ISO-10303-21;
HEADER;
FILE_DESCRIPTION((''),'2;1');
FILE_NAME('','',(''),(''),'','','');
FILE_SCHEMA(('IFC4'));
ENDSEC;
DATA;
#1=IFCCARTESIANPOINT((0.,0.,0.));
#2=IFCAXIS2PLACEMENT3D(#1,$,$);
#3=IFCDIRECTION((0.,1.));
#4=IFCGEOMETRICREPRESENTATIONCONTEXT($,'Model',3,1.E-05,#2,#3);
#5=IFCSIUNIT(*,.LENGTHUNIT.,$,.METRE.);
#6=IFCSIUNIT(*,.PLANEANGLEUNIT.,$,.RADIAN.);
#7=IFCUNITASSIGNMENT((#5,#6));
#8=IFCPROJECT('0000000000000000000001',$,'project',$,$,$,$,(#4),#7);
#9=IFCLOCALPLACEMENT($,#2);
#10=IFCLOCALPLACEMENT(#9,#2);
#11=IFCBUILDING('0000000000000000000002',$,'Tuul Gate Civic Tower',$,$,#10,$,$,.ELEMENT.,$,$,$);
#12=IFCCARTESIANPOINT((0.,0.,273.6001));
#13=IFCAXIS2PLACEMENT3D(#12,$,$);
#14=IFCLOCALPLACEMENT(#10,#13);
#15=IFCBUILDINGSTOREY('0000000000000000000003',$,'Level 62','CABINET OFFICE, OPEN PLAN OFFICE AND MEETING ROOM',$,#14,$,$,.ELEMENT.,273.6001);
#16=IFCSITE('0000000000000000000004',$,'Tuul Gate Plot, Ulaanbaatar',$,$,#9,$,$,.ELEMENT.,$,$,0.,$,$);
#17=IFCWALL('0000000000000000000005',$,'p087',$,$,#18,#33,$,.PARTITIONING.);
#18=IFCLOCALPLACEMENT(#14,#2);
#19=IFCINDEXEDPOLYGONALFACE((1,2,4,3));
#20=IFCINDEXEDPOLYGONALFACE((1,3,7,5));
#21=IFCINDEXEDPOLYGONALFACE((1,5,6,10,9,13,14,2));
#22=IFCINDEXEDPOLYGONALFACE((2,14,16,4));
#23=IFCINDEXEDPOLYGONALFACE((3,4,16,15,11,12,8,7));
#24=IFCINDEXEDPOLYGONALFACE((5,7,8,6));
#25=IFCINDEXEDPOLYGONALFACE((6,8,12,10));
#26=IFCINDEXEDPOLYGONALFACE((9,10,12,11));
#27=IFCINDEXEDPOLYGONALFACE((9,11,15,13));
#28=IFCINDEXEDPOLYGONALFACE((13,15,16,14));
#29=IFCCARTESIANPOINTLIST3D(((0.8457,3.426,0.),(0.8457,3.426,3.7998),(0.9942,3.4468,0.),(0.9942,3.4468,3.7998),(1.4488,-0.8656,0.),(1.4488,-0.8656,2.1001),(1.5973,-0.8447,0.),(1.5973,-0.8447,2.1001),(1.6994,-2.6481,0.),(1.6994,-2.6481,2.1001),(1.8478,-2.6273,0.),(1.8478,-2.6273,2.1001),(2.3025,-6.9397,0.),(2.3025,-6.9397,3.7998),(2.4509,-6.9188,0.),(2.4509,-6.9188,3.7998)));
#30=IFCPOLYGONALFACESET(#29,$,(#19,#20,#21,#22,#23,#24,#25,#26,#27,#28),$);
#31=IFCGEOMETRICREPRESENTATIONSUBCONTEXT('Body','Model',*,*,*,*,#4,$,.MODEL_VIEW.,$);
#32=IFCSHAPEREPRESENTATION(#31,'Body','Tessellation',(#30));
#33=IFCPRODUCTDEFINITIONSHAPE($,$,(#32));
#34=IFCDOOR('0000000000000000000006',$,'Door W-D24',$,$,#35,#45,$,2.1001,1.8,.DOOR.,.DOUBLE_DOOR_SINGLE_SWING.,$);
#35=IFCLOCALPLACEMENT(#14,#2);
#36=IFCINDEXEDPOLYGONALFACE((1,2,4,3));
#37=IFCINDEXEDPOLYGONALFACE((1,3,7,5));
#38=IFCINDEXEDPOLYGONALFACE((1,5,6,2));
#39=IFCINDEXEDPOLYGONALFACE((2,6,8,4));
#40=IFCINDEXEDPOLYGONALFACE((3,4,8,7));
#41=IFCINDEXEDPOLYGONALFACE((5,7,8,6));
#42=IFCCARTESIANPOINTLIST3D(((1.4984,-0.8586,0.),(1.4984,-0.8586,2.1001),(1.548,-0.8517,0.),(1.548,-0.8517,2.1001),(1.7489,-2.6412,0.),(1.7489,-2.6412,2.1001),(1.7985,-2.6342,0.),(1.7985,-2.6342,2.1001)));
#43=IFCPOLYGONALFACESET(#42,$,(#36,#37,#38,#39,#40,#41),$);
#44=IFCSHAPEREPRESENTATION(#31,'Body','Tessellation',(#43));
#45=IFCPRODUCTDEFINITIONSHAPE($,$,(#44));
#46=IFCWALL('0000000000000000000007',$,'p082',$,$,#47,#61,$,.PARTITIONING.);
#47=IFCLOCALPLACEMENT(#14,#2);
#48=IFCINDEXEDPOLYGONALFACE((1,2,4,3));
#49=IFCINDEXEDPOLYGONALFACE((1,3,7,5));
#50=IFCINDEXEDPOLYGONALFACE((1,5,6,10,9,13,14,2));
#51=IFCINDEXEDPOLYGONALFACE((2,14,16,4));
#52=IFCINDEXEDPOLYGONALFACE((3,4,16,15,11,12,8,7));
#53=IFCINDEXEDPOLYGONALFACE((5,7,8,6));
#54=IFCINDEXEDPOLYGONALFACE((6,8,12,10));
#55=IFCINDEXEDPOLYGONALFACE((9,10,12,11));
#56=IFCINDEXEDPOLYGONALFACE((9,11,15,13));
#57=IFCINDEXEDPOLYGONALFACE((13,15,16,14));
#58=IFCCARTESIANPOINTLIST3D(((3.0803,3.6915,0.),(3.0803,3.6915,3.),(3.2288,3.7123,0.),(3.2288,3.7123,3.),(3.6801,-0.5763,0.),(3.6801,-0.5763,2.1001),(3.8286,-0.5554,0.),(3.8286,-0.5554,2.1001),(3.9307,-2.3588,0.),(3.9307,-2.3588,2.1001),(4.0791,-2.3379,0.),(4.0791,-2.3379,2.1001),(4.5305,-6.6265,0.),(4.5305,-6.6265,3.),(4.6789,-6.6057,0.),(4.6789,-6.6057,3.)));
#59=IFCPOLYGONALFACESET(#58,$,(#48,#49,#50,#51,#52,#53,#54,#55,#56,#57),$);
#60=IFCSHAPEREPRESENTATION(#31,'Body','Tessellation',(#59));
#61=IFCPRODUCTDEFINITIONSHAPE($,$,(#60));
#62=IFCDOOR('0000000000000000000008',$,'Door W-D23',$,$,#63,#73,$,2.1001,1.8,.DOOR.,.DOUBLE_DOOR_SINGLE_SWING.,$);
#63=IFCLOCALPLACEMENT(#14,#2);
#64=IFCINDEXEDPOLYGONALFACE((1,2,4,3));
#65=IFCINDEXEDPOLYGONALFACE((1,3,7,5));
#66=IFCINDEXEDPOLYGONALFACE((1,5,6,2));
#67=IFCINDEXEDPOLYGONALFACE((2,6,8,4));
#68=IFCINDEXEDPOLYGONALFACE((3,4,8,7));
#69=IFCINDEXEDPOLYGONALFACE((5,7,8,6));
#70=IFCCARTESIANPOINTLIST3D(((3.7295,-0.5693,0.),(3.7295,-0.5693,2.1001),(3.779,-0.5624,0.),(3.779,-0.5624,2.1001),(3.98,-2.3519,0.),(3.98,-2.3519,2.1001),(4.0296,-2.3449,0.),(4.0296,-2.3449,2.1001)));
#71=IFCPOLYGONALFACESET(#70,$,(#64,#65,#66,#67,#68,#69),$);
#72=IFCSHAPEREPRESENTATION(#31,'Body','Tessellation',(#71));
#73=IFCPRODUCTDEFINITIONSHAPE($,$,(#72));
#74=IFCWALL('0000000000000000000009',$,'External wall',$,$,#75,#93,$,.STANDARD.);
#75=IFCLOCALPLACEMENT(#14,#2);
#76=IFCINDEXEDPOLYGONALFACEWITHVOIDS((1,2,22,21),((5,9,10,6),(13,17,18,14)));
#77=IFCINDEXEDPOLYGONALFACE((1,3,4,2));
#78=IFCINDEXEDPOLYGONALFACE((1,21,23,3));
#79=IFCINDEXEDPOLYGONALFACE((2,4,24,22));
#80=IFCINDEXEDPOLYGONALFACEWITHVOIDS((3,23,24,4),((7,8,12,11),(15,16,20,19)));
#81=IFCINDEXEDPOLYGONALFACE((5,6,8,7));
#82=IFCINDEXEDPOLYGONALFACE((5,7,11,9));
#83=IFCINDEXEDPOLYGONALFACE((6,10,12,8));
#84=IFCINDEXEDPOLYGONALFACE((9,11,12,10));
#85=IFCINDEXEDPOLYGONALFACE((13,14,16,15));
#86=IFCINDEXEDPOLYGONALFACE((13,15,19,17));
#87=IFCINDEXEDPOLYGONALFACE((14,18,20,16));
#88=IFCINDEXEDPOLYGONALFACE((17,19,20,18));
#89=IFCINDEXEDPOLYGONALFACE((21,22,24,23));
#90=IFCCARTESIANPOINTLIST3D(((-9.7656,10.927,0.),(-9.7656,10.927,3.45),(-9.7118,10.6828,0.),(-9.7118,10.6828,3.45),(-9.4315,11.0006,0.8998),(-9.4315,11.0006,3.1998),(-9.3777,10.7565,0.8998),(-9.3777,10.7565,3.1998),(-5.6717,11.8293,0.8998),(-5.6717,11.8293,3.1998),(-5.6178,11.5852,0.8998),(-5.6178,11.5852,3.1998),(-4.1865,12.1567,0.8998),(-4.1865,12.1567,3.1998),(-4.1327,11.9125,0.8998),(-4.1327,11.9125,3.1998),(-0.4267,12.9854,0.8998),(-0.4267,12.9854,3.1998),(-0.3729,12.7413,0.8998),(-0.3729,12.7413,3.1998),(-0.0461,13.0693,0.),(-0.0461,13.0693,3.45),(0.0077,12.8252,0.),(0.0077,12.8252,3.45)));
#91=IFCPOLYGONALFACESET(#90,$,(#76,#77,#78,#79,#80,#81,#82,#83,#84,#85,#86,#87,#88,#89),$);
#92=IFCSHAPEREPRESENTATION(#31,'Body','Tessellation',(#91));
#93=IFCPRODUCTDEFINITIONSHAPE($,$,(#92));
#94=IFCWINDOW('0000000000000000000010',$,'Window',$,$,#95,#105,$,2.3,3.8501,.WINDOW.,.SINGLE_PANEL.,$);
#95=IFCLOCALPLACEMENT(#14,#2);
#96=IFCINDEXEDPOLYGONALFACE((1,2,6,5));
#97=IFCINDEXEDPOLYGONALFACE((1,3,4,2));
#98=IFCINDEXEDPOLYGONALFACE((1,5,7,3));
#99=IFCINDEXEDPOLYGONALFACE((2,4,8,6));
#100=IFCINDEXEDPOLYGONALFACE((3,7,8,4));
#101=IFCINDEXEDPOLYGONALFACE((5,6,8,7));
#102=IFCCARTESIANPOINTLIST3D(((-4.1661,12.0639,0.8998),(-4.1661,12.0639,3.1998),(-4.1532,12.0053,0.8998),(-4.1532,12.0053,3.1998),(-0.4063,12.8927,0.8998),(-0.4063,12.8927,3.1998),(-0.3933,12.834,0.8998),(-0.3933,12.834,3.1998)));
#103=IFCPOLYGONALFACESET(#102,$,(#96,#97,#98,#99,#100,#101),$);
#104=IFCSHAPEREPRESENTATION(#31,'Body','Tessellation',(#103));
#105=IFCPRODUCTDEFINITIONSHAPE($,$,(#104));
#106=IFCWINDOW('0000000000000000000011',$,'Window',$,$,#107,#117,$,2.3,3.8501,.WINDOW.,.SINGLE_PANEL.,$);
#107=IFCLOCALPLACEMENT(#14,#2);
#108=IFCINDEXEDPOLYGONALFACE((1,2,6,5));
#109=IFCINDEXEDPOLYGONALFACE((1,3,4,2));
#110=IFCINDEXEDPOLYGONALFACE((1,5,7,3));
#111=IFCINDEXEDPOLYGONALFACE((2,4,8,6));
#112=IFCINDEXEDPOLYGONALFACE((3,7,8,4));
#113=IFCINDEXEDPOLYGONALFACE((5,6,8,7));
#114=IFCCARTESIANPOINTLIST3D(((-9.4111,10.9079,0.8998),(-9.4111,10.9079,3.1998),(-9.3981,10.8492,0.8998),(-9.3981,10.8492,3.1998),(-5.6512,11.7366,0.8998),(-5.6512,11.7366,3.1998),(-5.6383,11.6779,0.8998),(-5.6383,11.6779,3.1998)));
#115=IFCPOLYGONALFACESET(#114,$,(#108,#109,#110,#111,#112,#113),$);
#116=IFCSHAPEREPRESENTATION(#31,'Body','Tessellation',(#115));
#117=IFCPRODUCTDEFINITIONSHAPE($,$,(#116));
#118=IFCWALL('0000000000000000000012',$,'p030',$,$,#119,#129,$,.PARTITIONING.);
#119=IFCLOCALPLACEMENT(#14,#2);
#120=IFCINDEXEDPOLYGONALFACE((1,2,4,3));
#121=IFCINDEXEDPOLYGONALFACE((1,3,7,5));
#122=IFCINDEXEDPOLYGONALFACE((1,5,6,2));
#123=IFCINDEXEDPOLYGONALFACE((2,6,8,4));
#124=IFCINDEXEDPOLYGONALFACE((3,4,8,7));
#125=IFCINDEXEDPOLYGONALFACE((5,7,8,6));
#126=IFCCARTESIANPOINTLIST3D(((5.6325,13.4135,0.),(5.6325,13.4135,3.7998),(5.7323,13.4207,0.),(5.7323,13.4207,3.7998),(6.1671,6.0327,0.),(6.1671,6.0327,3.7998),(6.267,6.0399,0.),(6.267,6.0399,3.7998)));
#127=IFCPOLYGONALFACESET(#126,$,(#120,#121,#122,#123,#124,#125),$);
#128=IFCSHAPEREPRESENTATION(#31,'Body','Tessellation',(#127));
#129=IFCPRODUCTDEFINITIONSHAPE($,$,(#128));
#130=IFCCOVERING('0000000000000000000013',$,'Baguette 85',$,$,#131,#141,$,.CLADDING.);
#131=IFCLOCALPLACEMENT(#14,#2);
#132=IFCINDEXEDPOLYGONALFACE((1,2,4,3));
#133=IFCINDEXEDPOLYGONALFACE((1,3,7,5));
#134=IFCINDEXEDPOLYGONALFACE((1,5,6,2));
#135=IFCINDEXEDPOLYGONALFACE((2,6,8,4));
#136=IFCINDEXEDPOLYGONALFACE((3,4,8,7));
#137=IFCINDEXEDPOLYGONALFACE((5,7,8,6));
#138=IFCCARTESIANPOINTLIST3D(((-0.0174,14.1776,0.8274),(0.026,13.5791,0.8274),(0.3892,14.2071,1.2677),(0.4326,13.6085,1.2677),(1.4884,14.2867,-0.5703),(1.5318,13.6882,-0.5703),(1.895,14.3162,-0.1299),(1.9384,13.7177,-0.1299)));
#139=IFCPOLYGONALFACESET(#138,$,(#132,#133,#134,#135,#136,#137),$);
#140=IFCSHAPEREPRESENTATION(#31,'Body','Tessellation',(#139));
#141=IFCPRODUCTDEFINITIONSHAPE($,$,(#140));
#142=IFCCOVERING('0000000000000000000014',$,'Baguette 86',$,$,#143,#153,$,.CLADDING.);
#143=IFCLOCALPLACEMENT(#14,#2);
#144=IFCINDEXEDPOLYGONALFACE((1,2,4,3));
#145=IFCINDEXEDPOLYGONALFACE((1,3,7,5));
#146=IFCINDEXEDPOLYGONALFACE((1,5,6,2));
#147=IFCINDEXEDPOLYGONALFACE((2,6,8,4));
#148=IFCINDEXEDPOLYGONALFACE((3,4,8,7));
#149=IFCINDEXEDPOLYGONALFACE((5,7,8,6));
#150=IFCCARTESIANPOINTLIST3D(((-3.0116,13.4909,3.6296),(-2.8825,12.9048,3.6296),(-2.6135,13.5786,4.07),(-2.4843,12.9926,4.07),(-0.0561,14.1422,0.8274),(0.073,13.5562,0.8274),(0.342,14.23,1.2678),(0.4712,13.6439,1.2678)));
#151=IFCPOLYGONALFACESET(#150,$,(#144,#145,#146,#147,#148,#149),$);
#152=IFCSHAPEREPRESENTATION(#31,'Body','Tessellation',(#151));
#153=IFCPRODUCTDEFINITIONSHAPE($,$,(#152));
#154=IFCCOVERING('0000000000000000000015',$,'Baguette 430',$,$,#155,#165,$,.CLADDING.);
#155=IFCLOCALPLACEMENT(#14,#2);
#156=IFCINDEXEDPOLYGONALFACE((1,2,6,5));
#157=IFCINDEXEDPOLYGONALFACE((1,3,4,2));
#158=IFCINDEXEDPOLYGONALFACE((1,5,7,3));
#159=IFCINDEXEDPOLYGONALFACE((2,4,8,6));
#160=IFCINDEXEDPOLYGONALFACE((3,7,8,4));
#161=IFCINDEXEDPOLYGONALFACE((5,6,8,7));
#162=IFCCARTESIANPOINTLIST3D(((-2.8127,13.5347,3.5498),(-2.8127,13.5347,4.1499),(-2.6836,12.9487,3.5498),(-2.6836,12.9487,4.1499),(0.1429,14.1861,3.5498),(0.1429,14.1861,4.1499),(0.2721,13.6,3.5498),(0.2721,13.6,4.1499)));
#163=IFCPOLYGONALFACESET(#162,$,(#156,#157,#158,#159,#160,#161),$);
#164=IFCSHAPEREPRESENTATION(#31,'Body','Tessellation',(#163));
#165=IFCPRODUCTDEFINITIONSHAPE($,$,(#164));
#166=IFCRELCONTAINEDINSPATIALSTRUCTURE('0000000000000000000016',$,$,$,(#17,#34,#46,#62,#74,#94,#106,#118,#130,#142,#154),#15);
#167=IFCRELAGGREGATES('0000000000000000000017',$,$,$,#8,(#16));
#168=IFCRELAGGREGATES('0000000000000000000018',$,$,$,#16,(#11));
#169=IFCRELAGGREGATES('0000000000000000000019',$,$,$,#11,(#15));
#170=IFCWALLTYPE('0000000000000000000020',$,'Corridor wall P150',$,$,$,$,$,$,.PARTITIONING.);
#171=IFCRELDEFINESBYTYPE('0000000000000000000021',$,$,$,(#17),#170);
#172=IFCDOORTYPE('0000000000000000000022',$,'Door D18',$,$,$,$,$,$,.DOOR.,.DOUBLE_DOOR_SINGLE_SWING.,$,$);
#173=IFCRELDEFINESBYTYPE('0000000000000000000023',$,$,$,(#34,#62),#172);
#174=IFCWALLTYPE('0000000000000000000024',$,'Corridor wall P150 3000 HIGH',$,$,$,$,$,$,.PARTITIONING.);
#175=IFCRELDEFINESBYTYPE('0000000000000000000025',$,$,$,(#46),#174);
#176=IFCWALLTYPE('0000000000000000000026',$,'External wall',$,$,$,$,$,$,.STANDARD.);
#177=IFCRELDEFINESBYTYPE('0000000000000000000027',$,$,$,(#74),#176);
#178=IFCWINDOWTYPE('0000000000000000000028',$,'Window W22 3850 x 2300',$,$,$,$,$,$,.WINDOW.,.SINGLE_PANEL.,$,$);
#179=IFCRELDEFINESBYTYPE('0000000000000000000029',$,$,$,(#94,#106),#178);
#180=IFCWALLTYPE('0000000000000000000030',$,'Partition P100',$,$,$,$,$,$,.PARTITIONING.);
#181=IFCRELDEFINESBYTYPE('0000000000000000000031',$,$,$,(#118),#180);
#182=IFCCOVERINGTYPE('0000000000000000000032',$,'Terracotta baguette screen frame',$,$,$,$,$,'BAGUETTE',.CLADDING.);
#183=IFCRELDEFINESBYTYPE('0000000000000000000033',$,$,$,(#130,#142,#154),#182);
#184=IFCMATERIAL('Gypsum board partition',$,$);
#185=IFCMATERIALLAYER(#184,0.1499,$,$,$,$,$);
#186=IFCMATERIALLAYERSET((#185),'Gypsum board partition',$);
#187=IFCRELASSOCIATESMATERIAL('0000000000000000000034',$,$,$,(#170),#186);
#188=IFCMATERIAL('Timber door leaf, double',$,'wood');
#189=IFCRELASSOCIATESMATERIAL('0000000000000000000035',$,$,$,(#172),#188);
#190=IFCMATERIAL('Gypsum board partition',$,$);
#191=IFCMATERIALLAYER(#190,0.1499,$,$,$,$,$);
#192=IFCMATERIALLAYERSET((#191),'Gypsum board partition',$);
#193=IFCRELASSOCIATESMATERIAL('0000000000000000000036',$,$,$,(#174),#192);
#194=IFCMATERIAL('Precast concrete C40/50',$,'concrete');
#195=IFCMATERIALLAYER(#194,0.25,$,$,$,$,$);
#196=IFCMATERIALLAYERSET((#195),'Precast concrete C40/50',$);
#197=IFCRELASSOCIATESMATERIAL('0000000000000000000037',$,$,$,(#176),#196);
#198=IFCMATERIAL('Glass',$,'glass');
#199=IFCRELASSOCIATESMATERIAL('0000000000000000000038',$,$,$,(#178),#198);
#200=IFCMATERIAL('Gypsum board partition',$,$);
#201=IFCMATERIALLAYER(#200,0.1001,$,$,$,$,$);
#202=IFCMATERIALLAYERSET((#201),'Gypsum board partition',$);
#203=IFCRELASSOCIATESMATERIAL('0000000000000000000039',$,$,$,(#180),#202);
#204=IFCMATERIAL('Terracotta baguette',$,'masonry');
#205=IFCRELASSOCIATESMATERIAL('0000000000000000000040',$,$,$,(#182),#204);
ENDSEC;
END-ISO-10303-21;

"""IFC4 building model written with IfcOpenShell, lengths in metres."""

from ifc_helpers import new_model, si_unit, direction, frame, frame_2d, origin, origin_2d, place, context, subcontext, project, spatial, rectangle, extrude, material, layer, layer_set, material_profile, profile_set, type_object, element, fill, save


model = new_model("IFC4")

# Units and contexts
model_context = context("Model", 3, precision=1e-05, world=origin(), true_north=direction((0.0, 1.0)))
body_context = subcontext(model_context, "Body", "Model", "MODEL_VIEW")
ifc_project = project(units=[si_unit("LENGTHUNIT", "METRE"), si_unit("PLANEANGLEUNIT", "RADIAN")], contexts=[model_context])

# Site, building, storey
site_placement = place(None, origin())
site = spatial("IfcSite", under=ifc_project, at=site_placement, Name="Tuul Gate Plot, Ulaanbaatar", CompositionType="ELEMENT", RefElevation=0.0)
building_placement = place(site_placement, origin())
building = spatial("IfcBuilding", under=site, at=building_placement, Name="Tuul Gate Civic Tower", CompositionType="ELEMENT")
storey_placement = place(building_placement, frame((0.0, 0.0, 273.6001)))
storey = spatial("IfcBuildingStorey", under=building, at=storey_placement, Name="Level 62", Description="CABINET OFFICE, OPEN PLAN OFFICE AND MEETING ROOM", CompositionType="ELEMENT", Elevation=273.6001)

# Shared definitions
ifc_material_1 = material(Name="Gypsum board partition")
ifc_layer_1 = layer(ifc_material_1, 0.1499)
ifc_layer_set_1 = layer_set([ifc_layer_1], Name="Gypsum board partition")
wall_type_1 = type_object("IfcWallType", Name="Corridor wall P150", PredefinedType="PARTITIONING", material=ifc_layer_set_1)

# Walls, openings, doors
wall_1_placement = place(storey_placement, frame((0.9199, 3.4365, 0.0), z_axis=(0.0, 0.0, 1.0), x_axis=(0.139171, -0.990268, 0.0)))
wall_1 = element("IfcWall", 1, at=wall_1_placement, inside=storey, type_object=wall_type_1, Name="p087", PredefinedType="PARTITIONING", context=body_context, shape_type="SweptSolid", body=[
    extrude(rectangle(XDim=10.4675, YDim=0.1499, at=frame_2d((5.2339, 0.0))), origin(), (0.0, 0.0, 1.0), 3.7998),
])
opening_1_placement = place(wall_1_placement, frame((4.334, 0.0, 0.0)))
opening_1 = element("IfcOpeningElement", 2, at=opening_1_placement, cuts=wall_1, PredefinedType="OPENING", context=body_context, shape_type="SweptSolid", body=[
    extrude(rectangle(XDim=1.8, YDim=2.1001, at=frame_2d((0.8999, 1.05))), frame((0.0, 0.085, 0.0), z_axis=(0.0, -1.0, 0.0), x_axis=(1.0, 0.0, 0.0)), (0.0, 0.0, 1.0), 0.1699),
])
ifc_material_2 = material(Name="Timber door leaf, double", Category="wood")
door_type_1 = type_object("IfcDoorType", Name="Door D18", OperationType="DOUBLE_DOOR_SINGLE_SWING", PredefinedType="DOOR", material=ifc_material_2)
door_1_placement = place(opening_1_placement, frame((1.8, 0.0, 0.0), z_axis=(0.0, 0.0, 1.0), x_axis=(-1.0, 0.0, 0.0)))
door_1 = element("IfcDoor", 3, at=door_1_placement, inside=storey, type_object=door_type_1, Name="Door W-D24", OperationType="DOUBLE_DOOR_SINGLE_SWING", OverallHeight=2.1001, OverallWidth=1.8, PredefinedType="DOOR", context=body_context, shape_type="SweptSolid", body=[
    extrude(rectangle(XDim=1.8, YDim=2.1001, at=frame_2d((0.9001, 1.05))), frame((0.0, 0.0249, 0.0), z_axis=(0.0, -1.0, 0.0), x_axis=(1.0, 0.0, 0.0)), (0.0, 0.0, 1.0), 0.05),
])
fill(opening_1, door_1)
ifc_material_3 = material(Name="Gypsum board partition")
ifc_layer_2 = layer(ifc_material_3, 0.1499)
ifc_layer_set_2 = layer_set([ifc_layer_2], Name="Gypsum board partition")
wall_type_2 = type_object("IfcWallType", Name="Corridor wall P150 3000 HIGH", PredefinedType="PARTITIONING", material=ifc_layer_set_2)
wall_2_placement = place(storey_placement, frame((3.1545, 3.7019, 0.0), z_axis=(0.0, 0.0, 1.0), x_axis=(0.139181, -0.990267, 0.0)))
wall_2 = element("IfcWall", 4, at=wall_2_placement, inside=storey, type_object=wall_type_2, Name="p082", PredefinedType="PARTITIONING", context=body_context, shape_type="SweptSolid", body=[
    extrude(rectangle(XDim=10.4194, YDim=0.1499, at=frame_2d((5.2097, 0.0))), origin(), (0.0, 0.0, 1.0), 3.0),
])
opening_2_placement = place(wall_2_placement, frame((4.3098, 0.0, 0.0)))
opening_2 = element("IfcOpeningElement", 5, at=opening_2_placement, cuts=wall_2, PredefinedType="OPENING", context=body_context, shape_type="SweptSolid", body=[
    extrude(rectangle(XDim=1.8, YDim=2.1001, at=frame_2d((0.8999, 1.05))), frame((0.0, 0.085, 0.0), z_axis=(0.0, -1.0, 0.0), x_axis=(1.0, 0.0, 0.0)), (0.0, 0.0, 1.0), 0.1699),
])
door_2_placement = place(opening_2_placement, origin())
door_2 = element("IfcDoor", 6, at=door_2_placement, inside=storey, type_object=door_type_1, Name="Door W-D23", OperationType="DOUBLE_DOOR_SINGLE_SWING", OverallHeight=2.1001, OverallWidth=1.8, PredefinedType="DOOR", context=body_context, shape_type="SweptSolid", body=[
    extrude(rectangle(XDim=1.8, YDim=2.1001, at=frame_2d((0.8999, 1.05))), frame((0.0, 0.0249, 0.0), z_axis=(0.0, -1.0, 0.0), x_axis=(1.0, 0.0, 0.0)), (0.0, 0.0, 1.0), 0.05),
])
fill(opening_2, door_2)

# Wall, openings, windows
ifc_material_4 = material(Name="Precast concrete C40/50", Category="concrete")
ifc_layer_3 = layer(ifc_material_4, 0.25)
ifc_layer_set_3 = layer_set([ifc_layer_3], Name="Precast concrete C40/50")
wall_type_3 = type_object("IfcWallType", Name="External wall", PredefinedType="STANDARD", material=ifc_layer_set_3)
wall_3_placement = place(storey_placement, frame((-0.019, 12.9473, 0.0), z_axis=(0.0, 0.0, 1.0), x_axis=(-0.976559, -0.21525, 0.0)))
wall_3 = element("IfcWall", 7, at=wall_3_placement, inside=storey, type_object=wall_type_3, Name="External wall", PredefinedType="STANDARD", context=body_context, shape_type="SweptSolid", body=[
    extrude(rectangle(XDim=9.9529, YDim=0.25, at=frame_2d((4.9766, 0.0))), origin(), (0.0, 0.0, 1.0), 3.45),
])
opening_3_placement = place(wall_3_placement, frame((0.3899, 0.0, 0.8999)))
opening_3 = element("IfcOpeningElement", 8, at=opening_3_placement, cuts=wall_3, PredefinedType="OPENING", context=body_context, shape_type="SweptSolid", body=[
    extrude(rectangle(XDim=3.8501, YDim=2.3, at=frame_2d((1.925, 1.1499))), frame((0.0, 0.135, 0.0), z_axis=(0.0, -1.0, 0.0), x_axis=(1.0, 0.0, 0.0)), (0.0, 0.0, 1.0), 0.27),
])
opening_4_placement = place(wall_3_placement, frame((5.7607, 0.0, 0.8999)))
opening_4 = element("IfcOpeningElement", 9, at=opening_4_placement, cuts=wall_3, PredefinedType="OPENING", context=body_context, shape_type="SweptSolid", body=[
    extrude(rectangle(XDim=3.8501, YDim=2.3, at=frame_2d((1.925, 1.1499))), frame((0.0, 0.135, 0.0), z_axis=(0.0, -1.0, 0.0), x_axis=(1.0, 0.0, 0.0)), (0.0, 0.0, 1.0), 0.27),
])
ifc_material_5 = material(Name="Glass", Category="glass")
window_type = type_object("IfcWindowType", Name="Window W22 3850 x 2300", PartitioningType="SINGLE_PANEL", PredefinedType="WINDOW", material=ifc_material_5)
window_1_placement = place(opening_3_placement, origin())
window_1 = element("IfcWindow", 10, at=window_1_placement, inside=storey, type_object=window_type, Name="Window", OverallHeight=2.3, OverallWidth=3.8501, PartitioningType="SINGLE_PANEL", PredefinedType="WINDOW", context=body_context, shape_type="SweptSolid", body=[
    extrude(rectangle(XDim=3.8501, YDim=2.3, at=frame_2d((1.925, 1.1499))), frame((0.0, 0.03, 0.0), z_axis=(0.0, -1.0, 0.0), x_axis=(1.0, 0.0, 0.0)), (0.0, 0.0, 1.0), 0.0601),
])
fill(opening_3, window_1)
window_2_placement = place(opening_4_placement, origin())
window_2 = element("IfcWindow", 11, at=window_2_placement, inside=storey, type_object=window_type, Name="Window", OverallHeight=2.3, OverallWidth=3.8501, PartitioningType="SINGLE_PANEL", PredefinedType="WINDOW", context=body_context, shape_type="SweptSolid", body=[
    extrude(rectangle(XDim=3.8501, YDim=2.3, at=frame_2d((1.925, 1.1499))), frame((0.0, 0.03, 0.0), z_axis=(0.0, -1.0, 0.0), x_axis=(1.0, 0.0, 0.0)), (0.0, 0.0, 1.0), 0.0601),
])
fill(opening_4, window_2)

# Wall
ifc_material_6 = material(Name="Gypsum board partition")
ifc_layer_4 = layer(ifc_material_6, 0.1001)
ifc_layer_set_4 = layer_set([ifc_layer_4], Name="Gypsum board partition")
wall_type_4 = type_object("IfcWallType", Name="Partition P100", PredefinedType="PARTITIONING", material=ifc_layer_set_4)
wall_4_placement = place(storey_placement, frame((5.6824, 13.4172, 0.0), z_axis=(0.0, 0.0, 1.0), x_axis=(0.07225, -0.997387, 0.0)))
element("IfcWall", 12, at=wall_4_placement, inside=storey, type_object=wall_type_4, Name="p030", PredefinedType="PARTITIONING", context=body_context, shape_type="SweptSolid", body=[
    extrude(rectangle(XDim=7.4001, YDim=0.1001, at=frame_2d((3.7002, 0.0))), origin(), (0.0, 0.0, 1.0), 3.7998),
])

# Coverings
ifc_material_7 = material(Name="Terracotta baguette", Category="masonry")
ifc_material_profile_1 = material_profile(ifc_material_7, rectangle(XDim=0.6001, YDim=0.6001, at=origin_2d()), Name="Terracotta baguette screen frame")
ifc_profile_set_1 = profile_set([ifc_material_profile_1], Name="Terracotta baguette")
covering_type = type_object("IfcCoveringType", Name="Terracotta baguette screen frame", ElementType="BAGUETTE", PredefinedType="CLADDING", material=ifc_profile_set_1)
covering_1_placement = place(storey_placement, frame((1.7134, 14.0022, -0.3501), z_axis=(-0.731906, -0.053042, 0.679338), x_axis=(0.072281, -0.997384, 0.0)))
element("IfcCovering", 13, at=covering_1_placement, inside=storey, type_object=covering_type, Name="Baguette 85", PredefinedType="CLADDING", context=body_context, shape_type="SweptSolid", body=[
    extrude(rectangle(XDim=0.6001, YDim=0.6001, at=origin_2d()), origin(), (0.0, 0.0, 1.0), 2.0574),
])
covering_2_placement = place(storey_placement, frame((0.2075, 13.8931, 1.0476), z_axis=(-0.716572, -0.157923, 0.6794), x_axis=(0.215222, -0.976565, 0.0)))
element("IfcCovering", 14, at=covering_2_placement, inside=storey, type_object=covering_type, Name="Baguette 86", PredefinedType="CLADDING", context=body_context, shape_type="SweptSolid", body=[
    extrude(rectangle(XDim=0.6001, YDim=0.6001, at=origin_2d()), origin(), (0.0, 0.0, 1.0), 4.1245),
])
covering_3_placement = place(storey_placement, frame((0.2075, 13.8931, 3.8499), z_axis=(-0.976565, -0.215222, 0.0), x_axis=(0.215222, -0.976565, 0.0)))
element("IfcCovering", 15, at=covering_3_placement, inside=storey, type_object=covering_type, Name="Baguette 430", PredefinedType="CLADDING", context=body_context, shape_type="SweptSolid", body=[
    extrude(rectangle(XDim=0.6001, YDim=0.6001, at=origin_2d()), origin(), (0.0, 0.0, 1.0), 3.0266),
])

save(model, "model.ifc")
